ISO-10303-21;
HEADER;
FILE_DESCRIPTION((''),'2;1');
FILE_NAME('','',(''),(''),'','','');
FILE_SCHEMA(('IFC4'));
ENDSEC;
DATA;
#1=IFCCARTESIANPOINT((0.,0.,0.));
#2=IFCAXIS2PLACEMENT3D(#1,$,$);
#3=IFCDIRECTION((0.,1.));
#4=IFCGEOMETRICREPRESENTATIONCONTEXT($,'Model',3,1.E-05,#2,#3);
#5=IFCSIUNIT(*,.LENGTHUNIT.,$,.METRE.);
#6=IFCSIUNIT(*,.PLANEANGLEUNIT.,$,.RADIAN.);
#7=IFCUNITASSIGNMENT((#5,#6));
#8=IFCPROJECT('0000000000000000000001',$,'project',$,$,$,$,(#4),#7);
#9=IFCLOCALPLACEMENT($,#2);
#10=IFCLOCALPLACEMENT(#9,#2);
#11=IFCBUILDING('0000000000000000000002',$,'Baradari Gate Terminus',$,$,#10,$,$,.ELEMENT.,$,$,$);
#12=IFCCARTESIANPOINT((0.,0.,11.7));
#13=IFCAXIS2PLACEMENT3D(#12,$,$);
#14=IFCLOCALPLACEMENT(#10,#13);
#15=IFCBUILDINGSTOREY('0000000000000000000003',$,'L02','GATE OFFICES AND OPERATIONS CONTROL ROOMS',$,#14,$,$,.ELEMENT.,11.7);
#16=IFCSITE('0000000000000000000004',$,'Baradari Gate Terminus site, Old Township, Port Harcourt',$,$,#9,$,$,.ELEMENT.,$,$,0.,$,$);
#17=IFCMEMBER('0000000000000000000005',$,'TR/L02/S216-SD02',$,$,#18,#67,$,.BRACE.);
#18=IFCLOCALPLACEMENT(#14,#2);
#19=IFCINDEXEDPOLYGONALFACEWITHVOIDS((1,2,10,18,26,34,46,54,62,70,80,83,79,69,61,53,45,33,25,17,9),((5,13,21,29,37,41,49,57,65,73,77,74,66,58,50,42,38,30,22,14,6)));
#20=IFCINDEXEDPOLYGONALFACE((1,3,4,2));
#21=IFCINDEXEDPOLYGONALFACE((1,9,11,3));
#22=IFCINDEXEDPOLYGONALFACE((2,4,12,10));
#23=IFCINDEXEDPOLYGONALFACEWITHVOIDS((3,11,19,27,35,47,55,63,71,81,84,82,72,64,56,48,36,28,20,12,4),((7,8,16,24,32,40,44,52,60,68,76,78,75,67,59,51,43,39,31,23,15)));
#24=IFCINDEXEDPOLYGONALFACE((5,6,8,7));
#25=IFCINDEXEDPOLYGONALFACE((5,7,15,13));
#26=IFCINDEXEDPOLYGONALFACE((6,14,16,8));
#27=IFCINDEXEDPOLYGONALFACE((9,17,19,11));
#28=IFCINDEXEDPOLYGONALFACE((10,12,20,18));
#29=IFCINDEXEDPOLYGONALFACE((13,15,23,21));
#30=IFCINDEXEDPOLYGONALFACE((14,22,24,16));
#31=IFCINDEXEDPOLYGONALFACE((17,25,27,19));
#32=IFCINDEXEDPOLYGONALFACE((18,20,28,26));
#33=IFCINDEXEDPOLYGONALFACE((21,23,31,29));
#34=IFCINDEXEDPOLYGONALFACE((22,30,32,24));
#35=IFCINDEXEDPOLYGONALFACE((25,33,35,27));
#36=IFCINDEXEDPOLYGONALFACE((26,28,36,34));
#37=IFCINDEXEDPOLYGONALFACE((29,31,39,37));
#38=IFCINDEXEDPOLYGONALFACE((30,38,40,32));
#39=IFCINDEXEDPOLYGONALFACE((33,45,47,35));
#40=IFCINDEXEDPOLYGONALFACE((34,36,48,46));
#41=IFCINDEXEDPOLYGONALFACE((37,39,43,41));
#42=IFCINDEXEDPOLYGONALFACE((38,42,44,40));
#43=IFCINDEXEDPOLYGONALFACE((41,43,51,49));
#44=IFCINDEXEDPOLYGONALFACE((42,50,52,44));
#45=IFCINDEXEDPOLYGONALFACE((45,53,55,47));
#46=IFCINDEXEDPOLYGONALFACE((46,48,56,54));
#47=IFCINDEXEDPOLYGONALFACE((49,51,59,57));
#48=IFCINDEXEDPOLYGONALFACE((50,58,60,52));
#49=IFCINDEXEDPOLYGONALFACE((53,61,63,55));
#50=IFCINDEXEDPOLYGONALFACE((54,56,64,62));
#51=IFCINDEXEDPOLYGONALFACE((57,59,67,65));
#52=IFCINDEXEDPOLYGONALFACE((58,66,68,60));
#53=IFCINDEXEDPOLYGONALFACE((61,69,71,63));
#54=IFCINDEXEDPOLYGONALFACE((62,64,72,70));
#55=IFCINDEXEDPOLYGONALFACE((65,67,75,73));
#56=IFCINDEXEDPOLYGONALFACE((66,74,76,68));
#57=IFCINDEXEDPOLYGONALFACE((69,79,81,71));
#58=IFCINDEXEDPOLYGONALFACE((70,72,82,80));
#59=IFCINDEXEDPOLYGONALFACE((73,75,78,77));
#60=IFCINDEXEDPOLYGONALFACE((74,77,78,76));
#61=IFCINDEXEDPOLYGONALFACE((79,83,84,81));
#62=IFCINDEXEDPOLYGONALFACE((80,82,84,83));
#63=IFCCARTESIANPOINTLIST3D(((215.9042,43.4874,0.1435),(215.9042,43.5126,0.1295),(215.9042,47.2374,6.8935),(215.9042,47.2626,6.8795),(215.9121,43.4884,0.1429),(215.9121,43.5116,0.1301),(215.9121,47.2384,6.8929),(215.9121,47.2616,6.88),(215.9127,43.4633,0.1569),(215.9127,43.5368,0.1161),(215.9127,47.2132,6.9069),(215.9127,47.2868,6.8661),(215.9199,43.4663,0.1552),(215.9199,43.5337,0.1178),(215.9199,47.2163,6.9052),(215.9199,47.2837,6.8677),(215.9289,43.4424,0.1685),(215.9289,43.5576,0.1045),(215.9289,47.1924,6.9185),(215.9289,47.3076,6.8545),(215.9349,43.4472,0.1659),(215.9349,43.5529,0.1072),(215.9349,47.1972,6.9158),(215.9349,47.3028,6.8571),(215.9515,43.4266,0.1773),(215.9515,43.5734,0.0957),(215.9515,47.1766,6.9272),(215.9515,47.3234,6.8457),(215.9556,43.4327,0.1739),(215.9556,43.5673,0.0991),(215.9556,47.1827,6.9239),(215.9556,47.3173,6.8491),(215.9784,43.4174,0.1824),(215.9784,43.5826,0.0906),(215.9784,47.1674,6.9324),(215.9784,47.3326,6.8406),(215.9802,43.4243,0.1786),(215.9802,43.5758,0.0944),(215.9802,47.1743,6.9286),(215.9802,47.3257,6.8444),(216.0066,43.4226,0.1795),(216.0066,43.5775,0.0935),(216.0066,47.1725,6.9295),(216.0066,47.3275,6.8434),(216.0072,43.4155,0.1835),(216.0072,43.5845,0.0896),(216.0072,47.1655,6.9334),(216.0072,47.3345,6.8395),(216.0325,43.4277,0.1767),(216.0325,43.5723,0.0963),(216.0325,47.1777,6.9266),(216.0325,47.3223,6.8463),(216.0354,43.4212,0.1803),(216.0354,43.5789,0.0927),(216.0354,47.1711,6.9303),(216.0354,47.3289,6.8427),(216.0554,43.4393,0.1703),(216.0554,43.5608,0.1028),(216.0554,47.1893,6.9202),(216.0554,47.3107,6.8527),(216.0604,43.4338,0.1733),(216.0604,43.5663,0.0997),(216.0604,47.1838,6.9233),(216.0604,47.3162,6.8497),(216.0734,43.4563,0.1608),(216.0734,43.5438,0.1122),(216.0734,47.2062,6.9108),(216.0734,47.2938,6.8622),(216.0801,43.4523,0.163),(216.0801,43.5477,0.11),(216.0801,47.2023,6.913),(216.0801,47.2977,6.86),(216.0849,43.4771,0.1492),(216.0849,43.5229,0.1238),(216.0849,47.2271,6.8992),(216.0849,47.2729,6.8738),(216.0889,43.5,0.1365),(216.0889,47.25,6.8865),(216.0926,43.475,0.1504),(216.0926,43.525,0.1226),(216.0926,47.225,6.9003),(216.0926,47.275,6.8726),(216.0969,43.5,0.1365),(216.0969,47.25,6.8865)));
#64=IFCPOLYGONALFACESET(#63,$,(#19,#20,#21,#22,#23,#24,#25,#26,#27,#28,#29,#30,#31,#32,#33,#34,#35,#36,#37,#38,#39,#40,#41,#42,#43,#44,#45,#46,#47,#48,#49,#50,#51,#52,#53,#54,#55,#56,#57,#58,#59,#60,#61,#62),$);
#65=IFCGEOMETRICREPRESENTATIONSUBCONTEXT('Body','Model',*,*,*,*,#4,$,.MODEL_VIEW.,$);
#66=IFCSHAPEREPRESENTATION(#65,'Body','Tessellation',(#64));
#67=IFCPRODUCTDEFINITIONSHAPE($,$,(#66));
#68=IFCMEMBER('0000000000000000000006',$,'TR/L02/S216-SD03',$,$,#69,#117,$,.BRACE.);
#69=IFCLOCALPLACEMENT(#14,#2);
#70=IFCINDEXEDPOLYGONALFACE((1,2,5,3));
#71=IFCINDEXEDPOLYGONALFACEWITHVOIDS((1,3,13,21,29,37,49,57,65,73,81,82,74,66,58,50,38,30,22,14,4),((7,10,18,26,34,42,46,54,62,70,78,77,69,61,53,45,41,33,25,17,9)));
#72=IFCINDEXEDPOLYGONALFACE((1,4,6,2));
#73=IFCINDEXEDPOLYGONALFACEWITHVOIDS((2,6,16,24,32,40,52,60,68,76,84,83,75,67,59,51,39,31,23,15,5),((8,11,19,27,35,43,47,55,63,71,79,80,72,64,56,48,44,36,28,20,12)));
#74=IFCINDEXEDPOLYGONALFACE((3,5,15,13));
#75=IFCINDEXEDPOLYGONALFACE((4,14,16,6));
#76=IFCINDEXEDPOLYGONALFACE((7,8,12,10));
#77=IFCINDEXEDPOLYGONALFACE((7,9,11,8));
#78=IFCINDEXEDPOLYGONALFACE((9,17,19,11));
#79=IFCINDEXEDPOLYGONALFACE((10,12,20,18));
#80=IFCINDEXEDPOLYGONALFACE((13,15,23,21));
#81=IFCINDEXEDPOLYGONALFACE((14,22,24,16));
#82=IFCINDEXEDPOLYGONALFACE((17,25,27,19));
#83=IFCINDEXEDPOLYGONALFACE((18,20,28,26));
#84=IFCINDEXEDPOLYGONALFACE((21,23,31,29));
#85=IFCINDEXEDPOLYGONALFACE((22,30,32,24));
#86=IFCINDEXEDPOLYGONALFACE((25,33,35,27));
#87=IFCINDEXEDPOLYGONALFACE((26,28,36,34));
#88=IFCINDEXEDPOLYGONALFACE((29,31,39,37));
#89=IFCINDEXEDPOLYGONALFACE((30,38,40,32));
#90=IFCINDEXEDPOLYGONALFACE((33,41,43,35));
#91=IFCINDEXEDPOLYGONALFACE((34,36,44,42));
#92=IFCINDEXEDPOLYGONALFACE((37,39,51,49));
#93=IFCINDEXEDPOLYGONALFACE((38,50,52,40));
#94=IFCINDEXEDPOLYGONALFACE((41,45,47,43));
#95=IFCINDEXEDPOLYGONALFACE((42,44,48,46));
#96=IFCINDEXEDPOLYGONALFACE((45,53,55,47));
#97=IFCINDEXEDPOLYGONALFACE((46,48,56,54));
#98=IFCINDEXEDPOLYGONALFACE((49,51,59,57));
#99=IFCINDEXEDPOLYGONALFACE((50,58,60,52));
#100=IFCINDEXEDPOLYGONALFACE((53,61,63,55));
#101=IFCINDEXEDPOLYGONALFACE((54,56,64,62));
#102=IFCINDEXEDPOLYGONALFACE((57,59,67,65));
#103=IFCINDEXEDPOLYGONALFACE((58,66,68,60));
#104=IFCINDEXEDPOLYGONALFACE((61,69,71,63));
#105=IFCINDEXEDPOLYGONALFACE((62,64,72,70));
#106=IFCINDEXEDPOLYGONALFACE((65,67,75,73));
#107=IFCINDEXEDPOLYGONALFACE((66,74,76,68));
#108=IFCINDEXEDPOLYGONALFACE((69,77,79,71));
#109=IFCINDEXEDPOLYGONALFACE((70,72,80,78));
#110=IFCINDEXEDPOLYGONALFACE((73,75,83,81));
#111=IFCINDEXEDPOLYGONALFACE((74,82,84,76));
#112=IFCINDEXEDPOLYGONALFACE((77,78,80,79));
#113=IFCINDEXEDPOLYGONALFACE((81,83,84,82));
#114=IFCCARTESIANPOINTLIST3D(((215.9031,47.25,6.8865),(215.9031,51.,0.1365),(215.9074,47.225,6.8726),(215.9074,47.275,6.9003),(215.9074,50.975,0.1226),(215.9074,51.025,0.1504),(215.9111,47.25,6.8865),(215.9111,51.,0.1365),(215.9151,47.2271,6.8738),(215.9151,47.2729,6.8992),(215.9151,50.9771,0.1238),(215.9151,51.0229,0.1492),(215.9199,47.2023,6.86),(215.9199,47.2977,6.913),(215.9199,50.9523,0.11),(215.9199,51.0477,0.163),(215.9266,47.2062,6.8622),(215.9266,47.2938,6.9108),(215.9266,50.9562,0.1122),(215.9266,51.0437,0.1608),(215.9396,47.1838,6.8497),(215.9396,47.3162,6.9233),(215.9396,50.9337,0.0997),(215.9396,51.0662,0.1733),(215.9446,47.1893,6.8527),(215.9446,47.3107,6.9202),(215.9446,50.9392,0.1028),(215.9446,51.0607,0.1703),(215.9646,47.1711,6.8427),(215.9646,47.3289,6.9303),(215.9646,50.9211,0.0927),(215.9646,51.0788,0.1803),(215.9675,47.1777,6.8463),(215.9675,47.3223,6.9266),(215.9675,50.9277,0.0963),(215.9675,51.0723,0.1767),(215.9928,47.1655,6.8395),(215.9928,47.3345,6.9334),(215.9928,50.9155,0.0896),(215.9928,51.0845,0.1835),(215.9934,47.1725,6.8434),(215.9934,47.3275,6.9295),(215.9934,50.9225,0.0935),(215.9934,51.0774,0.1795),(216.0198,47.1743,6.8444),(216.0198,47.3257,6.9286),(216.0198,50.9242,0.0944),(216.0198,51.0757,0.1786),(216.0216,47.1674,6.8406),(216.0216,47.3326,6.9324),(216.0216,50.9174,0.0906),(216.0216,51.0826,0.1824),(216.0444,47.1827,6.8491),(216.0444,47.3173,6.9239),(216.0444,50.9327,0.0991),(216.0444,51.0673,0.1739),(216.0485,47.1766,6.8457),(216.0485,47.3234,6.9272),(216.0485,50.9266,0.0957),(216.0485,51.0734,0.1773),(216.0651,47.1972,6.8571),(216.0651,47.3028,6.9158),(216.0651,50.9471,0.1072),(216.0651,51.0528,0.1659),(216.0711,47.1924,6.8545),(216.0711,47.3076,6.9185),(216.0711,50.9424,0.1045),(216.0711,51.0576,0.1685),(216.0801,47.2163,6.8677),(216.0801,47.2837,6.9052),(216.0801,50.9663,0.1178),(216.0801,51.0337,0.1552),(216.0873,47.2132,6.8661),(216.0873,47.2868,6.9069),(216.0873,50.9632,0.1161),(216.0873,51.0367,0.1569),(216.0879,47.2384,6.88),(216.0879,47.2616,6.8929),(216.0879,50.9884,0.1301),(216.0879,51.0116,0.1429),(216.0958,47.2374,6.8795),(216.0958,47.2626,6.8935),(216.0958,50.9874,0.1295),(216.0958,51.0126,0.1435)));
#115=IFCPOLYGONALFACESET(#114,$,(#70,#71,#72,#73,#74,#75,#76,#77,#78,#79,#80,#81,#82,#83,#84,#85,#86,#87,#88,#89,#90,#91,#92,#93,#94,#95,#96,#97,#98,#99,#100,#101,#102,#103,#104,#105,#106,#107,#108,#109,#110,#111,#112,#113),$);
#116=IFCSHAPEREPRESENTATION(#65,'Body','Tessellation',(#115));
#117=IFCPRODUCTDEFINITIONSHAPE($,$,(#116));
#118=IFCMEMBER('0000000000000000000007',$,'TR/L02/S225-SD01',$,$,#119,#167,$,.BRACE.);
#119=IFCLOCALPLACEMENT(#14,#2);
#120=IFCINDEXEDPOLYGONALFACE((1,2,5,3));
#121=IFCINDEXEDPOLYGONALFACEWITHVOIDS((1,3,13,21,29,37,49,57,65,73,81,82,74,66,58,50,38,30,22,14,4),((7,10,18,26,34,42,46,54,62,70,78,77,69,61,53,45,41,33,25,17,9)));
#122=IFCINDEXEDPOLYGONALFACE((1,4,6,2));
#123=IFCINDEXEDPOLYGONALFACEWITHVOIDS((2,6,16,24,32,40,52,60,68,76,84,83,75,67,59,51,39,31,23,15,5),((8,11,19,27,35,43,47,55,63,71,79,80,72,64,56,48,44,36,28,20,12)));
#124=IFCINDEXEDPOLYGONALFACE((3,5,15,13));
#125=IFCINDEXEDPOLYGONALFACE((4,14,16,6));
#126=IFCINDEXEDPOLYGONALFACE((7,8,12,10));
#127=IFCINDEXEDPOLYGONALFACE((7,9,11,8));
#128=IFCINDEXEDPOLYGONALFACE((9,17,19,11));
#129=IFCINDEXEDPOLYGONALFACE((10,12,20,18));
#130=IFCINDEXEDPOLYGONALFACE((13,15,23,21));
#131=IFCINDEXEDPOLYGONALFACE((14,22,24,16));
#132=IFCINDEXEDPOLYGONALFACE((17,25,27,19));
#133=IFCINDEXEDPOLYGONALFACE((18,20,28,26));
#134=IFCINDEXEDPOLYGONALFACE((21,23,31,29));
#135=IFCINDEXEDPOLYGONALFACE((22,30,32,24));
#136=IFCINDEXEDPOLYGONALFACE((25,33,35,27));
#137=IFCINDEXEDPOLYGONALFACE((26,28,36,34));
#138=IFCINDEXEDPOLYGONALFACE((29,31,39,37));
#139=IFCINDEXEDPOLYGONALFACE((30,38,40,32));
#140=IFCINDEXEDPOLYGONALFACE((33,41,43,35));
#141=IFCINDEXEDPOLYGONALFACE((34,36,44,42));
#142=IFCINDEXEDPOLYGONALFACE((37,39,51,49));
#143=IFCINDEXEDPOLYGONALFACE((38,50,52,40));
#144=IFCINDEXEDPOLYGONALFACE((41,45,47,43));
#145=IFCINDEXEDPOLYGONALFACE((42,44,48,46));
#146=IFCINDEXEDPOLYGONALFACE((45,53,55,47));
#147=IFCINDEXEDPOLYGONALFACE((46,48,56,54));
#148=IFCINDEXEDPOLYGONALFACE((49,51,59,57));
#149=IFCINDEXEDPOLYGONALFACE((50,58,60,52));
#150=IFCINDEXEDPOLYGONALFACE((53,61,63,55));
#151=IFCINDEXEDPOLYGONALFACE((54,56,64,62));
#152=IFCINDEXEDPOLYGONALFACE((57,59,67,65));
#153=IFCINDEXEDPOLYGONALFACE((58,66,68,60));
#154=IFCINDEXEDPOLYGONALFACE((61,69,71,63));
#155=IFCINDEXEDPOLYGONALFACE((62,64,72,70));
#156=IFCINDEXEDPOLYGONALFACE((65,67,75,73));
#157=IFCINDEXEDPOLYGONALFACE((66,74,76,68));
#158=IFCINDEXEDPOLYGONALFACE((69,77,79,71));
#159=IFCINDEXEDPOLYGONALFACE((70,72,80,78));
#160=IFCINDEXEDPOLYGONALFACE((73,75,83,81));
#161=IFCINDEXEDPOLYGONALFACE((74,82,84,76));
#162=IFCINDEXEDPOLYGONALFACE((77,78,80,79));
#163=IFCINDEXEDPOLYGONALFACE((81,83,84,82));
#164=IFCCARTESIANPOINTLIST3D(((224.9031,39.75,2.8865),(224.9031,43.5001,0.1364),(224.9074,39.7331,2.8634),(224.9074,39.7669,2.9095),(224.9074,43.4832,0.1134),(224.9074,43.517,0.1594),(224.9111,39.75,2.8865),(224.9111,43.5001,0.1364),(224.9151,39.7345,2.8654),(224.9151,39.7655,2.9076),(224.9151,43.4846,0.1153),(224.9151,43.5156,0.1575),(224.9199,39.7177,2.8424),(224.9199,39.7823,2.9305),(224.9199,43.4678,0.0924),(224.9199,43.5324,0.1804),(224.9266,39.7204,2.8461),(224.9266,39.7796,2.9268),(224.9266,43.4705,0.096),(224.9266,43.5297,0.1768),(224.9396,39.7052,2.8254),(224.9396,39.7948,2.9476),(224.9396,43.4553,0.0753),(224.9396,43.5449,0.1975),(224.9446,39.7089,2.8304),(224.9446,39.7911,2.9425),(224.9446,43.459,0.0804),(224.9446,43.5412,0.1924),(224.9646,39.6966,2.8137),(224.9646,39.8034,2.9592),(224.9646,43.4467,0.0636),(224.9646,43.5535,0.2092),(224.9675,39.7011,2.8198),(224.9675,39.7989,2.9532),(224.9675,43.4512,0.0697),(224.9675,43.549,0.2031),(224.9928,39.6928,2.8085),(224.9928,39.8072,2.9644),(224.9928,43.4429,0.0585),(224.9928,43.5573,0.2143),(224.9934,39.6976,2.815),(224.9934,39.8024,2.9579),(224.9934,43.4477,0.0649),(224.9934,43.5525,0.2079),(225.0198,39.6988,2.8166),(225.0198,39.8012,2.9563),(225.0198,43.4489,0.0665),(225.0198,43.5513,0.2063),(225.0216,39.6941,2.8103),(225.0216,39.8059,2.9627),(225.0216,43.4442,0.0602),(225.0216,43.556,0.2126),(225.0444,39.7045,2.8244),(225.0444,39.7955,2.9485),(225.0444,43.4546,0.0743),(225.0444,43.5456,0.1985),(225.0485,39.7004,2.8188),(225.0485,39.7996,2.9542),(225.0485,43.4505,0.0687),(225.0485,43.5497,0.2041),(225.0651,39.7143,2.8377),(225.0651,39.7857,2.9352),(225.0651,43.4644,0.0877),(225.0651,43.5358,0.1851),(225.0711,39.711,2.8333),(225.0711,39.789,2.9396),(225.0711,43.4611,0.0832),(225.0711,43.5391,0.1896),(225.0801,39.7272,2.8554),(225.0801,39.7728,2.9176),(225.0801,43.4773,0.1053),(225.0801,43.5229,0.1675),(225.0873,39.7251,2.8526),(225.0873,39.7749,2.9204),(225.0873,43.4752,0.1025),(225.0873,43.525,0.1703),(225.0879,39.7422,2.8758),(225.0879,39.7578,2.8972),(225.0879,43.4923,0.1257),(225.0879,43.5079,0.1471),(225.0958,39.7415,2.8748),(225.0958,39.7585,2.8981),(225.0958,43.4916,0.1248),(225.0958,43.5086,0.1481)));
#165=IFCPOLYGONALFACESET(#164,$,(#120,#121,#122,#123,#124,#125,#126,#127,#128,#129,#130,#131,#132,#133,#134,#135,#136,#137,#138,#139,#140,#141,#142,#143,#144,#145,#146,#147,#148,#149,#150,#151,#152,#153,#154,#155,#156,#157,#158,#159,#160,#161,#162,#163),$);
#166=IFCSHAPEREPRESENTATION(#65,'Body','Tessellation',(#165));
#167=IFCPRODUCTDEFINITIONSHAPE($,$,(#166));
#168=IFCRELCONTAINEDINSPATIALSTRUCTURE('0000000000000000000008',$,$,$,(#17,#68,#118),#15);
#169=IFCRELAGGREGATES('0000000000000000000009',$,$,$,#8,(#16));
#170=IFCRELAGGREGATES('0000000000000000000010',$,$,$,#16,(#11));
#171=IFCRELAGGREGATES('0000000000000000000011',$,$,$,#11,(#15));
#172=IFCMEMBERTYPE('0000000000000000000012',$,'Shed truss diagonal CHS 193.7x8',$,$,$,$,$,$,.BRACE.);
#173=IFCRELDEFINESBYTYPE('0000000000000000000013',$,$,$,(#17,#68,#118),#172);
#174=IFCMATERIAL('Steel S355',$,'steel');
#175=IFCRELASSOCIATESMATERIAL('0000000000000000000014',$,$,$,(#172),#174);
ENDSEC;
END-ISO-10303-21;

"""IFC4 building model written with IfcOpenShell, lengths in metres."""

from ifc_helpers import new_model, si_unit, direction, frame, origin, origin_2d, place, context, subcontext, project, spatial, hollow_circle, extrude, material, material_profile, profile_set, type_object, element, save


model = new_model("IFC4")

# Units and contexts
model_context = context("Model", 3, precision=1e-05, world=origin(), true_north=direction((0.0, 1.0)))
body_context = subcontext(model_context, "Body", "Model", "MODEL_VIEW")
ifc_project = project(units=[si_unit("LENGTHUNIT", "METRE"), si_unit("PLANEANGLEUNIT", "RADIAN")], contexts=[model_context])

# Site, building, storey
site_placement = place(None, origin())
site = spatial("IfcSite", under=ifc_project, at=site_placement, Name="Baradari Gate Terminus site, Old Township, Port Harcourt", CompositionType="ELEMENT", RefElevation=0.0)
building_placement = place(site_placement, origin())
building = spatial("IfcBuilding", under=site, at=building_placement, Name="Baradari Gate Terminus", CompositionType="ELEMENT")
storey_placement = place(building_placement, frame((0.0, 0.0, 11.7)))
storey = spatial("IfcBuildingStorey", under=building, at=storey_placement, Name="L02", Description="GATE OFFICES AND OPERATIONS CONTROL ROOMS", CompositionType="ELEMENT", Elevation=11.7)

# Members
ifc_material_1 = material(Name="Steel S355", Category="steel")
ifc_material_profile_1 = material_profile(ifc_material_1, hollow_circle(Radius=0.0969, WallThickness=0.0081, at=origin_2d()), Name="CHS 193.7x8")
ifc_profile_set_1 = profile_set([ifc_material_profile_1], Name="Steel S355")
member_type_1 = type_object("IfcMemberType", Name="Shed truss diagonal CHS 193.7x8", PredefinedType="BRACE", material=ifc_profile_set_1)
for number, where, z_axis, x_axis, name in (
    (1, (216.0, 47.25, 6.8865), (0.0, -0.485643, -0.874157), (1.0, 0.0, 0.0), "TR/L02/S216-SD02"),
    (2, (216.0, 47.25, 6.8865), (0.0, 0.485643, -0.874157), (-1.0, 0.0, 0.0), "TR/L02/S216-SD03"),
):
    element("IfcMember", number, at=place(storey_placement, frame(where, z_axis=z_axis, x_axis=x_axis)), inside=storey, type_object=member_type_1, Name=name, PredefinedType="BRACE", context=body_context, shape_type="SweptSolid", body=[
        extrude(hollow_circle(Radius=0.0969, WallThickness=0.0081, at=origin_2d()), origin(), (0.0, 0.0, 1.0), 7.7217),
    ])
member_1_placement = place(storey_placement, frame((225.0, 39.75, 2.8865), z_axis=(0.0, 0.806405, -0.591364), x_axis=(-1.0, 0.0, 0.0)))
element("IfcMember", 3, at=member_1_placement, inside=storey, type_object=member_type_1, Name="TR/L02/S225-SD01", PredefinedType="BRACE", context=body_context, shape_type="SweptSolid", body=[
    extrude(hollow_circle(Radius=0.0969, WallThickness=0.0081, at=origin_2d()), origin(), (0.0, 0.0, 1.0), 4.6504),
])

save(model, "model.ifc")
